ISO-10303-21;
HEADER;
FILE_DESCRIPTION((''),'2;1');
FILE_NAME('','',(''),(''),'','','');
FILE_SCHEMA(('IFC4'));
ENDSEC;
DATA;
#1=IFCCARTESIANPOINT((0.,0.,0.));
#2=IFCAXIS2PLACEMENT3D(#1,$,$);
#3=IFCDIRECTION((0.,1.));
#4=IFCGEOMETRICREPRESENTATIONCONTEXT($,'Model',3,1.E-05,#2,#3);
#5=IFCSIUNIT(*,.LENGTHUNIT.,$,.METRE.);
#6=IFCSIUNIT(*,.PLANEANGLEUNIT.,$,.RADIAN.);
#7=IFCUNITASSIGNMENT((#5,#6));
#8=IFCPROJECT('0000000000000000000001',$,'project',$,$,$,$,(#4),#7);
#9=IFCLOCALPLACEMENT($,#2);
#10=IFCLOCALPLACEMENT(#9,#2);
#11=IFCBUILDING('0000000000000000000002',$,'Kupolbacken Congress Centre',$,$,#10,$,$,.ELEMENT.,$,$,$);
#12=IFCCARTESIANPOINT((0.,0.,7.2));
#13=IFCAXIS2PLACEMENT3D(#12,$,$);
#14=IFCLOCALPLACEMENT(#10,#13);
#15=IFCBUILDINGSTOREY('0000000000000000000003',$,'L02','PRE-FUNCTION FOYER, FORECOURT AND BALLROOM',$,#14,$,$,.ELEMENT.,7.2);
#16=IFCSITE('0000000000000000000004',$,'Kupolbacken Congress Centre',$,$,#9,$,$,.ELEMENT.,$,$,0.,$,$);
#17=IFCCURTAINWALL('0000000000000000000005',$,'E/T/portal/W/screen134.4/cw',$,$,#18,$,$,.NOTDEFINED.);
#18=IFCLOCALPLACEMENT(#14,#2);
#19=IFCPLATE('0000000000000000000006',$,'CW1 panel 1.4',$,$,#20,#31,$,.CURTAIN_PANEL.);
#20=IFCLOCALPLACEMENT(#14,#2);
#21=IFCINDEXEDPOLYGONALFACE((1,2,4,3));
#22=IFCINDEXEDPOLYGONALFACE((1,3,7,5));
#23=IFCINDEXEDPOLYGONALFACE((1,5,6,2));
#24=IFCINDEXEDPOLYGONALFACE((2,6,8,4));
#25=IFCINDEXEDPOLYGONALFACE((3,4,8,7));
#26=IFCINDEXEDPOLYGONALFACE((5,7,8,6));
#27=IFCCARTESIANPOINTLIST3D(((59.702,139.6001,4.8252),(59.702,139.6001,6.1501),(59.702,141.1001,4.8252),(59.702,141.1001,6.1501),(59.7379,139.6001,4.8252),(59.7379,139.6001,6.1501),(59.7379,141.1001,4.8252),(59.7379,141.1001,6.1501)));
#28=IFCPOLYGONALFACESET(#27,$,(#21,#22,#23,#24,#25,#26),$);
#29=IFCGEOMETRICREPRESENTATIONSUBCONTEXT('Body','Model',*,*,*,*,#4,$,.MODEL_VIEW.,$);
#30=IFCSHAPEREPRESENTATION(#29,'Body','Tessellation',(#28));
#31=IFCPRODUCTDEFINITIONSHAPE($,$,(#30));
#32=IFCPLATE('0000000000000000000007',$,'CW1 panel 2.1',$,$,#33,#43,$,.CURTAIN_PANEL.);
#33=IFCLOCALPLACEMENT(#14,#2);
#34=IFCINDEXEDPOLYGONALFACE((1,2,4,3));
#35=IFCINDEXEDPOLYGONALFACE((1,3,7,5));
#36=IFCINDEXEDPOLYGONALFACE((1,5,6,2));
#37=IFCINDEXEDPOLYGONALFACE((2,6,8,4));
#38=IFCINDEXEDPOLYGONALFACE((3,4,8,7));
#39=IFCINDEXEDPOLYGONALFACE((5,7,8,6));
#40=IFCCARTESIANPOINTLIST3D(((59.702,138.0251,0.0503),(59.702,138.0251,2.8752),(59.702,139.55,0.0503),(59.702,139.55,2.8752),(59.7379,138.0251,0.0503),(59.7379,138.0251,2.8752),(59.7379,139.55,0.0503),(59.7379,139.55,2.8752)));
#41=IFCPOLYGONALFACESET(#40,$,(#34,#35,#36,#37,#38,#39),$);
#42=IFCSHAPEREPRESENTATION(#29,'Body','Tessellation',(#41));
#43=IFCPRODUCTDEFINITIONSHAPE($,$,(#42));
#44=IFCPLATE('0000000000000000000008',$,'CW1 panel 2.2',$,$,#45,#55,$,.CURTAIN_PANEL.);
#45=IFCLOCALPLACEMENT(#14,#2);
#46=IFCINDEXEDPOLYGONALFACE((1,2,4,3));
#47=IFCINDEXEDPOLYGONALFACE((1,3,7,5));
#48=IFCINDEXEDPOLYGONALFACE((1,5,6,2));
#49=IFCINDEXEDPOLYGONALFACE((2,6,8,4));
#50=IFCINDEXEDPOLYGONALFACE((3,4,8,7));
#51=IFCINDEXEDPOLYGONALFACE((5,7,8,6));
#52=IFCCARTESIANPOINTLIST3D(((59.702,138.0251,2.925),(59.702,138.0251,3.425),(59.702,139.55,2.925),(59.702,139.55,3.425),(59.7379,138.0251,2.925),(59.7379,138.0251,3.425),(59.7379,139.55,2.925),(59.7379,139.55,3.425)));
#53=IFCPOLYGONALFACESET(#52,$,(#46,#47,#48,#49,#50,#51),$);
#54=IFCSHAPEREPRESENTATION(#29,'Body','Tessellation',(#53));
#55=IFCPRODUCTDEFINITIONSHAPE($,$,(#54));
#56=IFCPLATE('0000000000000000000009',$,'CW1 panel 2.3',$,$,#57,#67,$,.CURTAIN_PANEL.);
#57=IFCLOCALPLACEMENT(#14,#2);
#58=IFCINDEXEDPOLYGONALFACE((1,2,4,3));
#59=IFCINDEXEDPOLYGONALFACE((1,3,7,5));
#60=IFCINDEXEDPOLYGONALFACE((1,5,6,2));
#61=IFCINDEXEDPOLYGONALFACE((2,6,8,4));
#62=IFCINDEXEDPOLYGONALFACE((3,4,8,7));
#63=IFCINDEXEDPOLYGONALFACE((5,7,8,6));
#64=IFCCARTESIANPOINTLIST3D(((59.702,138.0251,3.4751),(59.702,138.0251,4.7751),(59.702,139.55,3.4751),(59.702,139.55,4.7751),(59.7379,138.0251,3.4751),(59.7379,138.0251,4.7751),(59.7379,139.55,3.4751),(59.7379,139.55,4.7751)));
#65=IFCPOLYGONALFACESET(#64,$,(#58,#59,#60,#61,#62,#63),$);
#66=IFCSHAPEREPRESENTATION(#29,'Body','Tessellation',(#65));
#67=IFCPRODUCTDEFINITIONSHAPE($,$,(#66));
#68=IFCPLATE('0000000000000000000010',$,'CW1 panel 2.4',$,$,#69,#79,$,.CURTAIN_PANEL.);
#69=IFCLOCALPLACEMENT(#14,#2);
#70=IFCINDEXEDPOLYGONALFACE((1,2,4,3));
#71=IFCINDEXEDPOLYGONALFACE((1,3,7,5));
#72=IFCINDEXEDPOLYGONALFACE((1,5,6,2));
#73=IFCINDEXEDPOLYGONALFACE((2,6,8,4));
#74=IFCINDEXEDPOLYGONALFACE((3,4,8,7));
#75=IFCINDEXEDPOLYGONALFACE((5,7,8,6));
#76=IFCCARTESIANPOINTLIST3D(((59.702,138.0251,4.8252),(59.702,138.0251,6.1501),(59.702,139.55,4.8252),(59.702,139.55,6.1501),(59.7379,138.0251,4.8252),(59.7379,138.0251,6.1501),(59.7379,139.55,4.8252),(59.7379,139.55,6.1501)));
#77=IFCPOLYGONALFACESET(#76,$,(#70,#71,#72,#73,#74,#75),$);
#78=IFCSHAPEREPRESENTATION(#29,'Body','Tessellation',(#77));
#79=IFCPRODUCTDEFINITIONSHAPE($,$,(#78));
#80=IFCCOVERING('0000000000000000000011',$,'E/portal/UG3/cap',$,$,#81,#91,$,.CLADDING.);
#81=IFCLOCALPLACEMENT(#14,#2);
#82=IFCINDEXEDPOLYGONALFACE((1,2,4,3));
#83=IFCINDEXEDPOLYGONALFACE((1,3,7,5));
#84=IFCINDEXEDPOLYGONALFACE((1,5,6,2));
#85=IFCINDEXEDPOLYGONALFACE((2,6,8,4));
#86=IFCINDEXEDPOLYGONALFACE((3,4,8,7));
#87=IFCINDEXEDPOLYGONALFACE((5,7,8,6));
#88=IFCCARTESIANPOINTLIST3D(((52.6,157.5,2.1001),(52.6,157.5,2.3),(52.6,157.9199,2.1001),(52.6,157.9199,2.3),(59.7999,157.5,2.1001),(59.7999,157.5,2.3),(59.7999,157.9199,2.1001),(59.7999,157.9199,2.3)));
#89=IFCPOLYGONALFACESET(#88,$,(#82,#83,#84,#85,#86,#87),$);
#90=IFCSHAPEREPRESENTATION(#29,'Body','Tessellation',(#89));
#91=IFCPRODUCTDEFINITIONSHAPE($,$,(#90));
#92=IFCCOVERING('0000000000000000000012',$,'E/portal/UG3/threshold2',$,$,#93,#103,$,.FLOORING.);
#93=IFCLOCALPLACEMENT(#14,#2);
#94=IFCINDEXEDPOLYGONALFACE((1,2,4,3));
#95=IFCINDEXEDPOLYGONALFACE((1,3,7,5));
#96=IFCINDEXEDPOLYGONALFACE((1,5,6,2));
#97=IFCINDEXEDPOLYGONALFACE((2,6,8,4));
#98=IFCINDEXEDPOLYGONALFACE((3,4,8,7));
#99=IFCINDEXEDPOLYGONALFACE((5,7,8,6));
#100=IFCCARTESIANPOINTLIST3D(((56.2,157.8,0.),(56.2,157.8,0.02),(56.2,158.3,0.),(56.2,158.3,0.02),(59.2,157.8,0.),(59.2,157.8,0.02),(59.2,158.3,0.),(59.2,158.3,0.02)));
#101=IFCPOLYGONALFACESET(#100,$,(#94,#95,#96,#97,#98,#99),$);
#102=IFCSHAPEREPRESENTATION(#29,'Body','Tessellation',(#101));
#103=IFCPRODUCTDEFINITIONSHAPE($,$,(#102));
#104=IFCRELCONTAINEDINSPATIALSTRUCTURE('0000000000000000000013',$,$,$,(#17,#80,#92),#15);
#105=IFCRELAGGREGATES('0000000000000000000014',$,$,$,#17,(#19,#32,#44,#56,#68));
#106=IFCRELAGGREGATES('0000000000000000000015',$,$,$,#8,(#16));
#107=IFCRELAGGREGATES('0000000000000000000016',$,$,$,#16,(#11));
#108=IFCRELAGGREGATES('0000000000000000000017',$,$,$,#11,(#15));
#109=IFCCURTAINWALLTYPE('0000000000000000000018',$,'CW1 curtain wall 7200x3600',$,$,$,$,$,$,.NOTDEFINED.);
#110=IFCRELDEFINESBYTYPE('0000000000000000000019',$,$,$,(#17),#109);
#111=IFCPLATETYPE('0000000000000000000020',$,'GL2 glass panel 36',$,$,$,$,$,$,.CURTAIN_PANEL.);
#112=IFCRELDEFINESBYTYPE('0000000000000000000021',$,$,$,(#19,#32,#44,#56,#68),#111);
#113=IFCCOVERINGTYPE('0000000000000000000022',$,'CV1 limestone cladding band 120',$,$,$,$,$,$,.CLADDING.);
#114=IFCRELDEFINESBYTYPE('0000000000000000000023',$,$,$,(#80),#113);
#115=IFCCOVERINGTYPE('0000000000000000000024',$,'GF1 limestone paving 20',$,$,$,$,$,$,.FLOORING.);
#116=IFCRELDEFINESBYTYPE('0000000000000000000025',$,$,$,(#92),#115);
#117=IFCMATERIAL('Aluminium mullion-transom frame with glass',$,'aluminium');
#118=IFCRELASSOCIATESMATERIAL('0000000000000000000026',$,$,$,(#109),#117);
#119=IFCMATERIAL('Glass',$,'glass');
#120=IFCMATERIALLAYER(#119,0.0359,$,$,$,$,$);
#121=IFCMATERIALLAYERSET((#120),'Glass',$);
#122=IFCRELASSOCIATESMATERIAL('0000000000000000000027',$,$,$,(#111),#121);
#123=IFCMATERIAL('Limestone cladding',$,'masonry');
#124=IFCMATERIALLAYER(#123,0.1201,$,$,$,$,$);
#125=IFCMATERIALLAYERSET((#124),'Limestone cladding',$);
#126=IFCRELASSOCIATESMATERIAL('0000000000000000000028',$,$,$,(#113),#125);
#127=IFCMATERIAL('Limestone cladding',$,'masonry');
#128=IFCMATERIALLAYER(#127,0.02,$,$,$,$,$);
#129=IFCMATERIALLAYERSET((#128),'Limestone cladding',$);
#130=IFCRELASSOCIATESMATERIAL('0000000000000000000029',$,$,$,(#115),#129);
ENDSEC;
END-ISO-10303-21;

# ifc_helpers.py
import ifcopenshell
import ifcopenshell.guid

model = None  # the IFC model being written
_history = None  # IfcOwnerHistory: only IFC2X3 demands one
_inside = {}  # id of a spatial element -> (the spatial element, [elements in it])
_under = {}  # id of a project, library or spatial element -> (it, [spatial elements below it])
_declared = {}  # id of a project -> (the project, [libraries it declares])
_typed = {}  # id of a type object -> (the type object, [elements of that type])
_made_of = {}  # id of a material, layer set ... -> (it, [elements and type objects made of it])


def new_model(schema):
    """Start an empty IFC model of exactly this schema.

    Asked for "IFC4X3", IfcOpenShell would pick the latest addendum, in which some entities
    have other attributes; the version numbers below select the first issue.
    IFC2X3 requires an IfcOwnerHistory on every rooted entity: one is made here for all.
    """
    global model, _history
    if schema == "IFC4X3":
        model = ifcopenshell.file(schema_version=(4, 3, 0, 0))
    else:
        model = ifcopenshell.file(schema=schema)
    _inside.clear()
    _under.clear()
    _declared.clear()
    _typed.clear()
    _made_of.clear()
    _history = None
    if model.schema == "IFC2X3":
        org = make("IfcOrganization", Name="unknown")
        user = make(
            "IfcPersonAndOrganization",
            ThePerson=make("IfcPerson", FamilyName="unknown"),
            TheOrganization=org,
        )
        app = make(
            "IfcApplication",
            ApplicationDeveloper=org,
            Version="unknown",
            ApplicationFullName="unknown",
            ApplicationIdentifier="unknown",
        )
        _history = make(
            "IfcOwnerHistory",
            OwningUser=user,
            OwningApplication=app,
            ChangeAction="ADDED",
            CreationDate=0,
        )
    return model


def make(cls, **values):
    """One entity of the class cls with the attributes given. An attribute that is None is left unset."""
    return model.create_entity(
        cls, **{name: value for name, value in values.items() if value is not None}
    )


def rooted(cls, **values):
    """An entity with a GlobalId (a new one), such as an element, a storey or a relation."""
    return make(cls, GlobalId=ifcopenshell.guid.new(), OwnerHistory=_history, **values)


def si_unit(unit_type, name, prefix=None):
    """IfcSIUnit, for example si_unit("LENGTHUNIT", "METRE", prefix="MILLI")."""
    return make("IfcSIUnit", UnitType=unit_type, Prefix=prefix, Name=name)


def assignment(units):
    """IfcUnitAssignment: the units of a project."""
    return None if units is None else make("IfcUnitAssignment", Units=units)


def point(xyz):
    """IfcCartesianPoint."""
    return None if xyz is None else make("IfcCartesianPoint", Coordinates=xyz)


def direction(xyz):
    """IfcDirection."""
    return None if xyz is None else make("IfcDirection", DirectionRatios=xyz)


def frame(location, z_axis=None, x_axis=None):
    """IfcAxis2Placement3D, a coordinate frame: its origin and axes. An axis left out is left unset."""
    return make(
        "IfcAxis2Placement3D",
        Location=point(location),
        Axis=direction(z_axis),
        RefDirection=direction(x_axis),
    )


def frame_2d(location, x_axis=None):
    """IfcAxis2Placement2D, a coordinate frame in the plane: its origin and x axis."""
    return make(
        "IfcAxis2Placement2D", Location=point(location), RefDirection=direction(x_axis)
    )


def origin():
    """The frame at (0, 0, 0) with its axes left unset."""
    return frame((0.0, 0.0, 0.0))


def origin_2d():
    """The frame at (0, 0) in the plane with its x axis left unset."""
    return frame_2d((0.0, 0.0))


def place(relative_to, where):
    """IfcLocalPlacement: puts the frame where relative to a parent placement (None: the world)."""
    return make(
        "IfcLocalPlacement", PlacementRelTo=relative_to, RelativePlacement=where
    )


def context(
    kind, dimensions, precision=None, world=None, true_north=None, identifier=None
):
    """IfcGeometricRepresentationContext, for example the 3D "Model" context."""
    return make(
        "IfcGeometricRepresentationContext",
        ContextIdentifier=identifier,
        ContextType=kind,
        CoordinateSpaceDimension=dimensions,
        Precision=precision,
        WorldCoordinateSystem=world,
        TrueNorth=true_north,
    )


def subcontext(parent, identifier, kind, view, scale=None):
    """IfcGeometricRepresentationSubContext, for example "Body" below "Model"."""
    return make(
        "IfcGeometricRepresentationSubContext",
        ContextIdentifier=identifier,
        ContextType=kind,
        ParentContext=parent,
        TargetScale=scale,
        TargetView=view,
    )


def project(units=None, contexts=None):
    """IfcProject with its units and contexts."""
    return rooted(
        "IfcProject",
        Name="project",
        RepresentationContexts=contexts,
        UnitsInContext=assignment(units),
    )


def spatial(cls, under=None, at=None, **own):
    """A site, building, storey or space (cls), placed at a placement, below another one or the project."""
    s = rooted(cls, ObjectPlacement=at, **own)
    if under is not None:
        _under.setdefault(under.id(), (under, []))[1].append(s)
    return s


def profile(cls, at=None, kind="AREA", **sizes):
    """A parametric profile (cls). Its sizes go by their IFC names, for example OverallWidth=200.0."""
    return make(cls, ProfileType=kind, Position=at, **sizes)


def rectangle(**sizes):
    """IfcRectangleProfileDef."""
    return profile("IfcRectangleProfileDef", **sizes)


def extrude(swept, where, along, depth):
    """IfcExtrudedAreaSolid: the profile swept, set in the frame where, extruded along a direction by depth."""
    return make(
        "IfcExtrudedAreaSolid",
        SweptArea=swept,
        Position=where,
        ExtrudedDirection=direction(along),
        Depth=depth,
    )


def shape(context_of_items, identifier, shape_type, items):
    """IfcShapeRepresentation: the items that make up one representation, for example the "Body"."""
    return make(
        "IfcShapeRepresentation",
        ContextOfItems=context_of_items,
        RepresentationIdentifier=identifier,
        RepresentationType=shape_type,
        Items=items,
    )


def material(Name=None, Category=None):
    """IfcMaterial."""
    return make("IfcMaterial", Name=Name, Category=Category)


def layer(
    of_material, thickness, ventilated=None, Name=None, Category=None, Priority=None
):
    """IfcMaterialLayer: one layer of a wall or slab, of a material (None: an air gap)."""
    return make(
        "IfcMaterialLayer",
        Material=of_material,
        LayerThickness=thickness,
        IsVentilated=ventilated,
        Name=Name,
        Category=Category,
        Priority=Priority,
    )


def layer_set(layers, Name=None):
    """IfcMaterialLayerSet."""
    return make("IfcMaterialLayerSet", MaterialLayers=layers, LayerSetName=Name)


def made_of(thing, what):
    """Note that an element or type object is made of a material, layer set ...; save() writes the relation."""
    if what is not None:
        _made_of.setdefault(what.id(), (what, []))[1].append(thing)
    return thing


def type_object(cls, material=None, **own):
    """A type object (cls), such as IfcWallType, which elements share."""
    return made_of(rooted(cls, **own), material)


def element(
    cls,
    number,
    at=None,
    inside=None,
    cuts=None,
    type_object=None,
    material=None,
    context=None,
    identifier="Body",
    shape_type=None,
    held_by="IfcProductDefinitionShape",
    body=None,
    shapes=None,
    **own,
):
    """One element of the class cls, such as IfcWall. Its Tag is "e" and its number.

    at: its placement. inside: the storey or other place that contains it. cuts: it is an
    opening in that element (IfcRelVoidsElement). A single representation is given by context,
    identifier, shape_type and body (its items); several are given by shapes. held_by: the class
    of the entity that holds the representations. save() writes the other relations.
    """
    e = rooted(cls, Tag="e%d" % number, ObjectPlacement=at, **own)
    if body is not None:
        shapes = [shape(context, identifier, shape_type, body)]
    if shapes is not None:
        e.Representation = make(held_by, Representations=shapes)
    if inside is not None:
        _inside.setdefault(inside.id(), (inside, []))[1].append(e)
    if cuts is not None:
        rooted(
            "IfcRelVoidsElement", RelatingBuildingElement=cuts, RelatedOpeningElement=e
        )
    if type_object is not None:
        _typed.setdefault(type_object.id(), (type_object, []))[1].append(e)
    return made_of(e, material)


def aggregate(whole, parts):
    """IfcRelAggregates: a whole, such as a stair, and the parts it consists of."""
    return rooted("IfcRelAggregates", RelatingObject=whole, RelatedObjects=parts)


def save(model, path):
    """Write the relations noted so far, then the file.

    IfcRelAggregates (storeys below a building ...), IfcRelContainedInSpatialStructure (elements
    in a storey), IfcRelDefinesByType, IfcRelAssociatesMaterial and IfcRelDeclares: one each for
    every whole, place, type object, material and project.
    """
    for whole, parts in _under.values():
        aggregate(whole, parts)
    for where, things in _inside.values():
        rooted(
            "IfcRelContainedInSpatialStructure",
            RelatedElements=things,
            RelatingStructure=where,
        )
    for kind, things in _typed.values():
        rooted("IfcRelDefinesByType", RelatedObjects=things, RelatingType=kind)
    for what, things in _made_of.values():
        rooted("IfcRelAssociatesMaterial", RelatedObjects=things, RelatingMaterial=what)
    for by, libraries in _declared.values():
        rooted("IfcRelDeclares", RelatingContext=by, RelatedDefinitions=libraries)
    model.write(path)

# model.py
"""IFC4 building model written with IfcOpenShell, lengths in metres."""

from ifc_helpers import new_model, si_unit, direction, frame, origin, origin_2d, place, context, subcontext, project, spatial, rectangle, extrude, material, layer, layer_set, type_object, element, aggregate, save


model = new_model("IFC4")

# Units and contexts
model_context = context("Model", 3, precision=1e-05, world=origin(), true_north=direction((0.0, 1.0)))
body_context = subcontext(model_context, "Body", "Model", "MODEL_VIEW")
ifc_project = project(units=[si_unit("LENGTHUNIT", "METRE"), si_unit("PLANEANGLEUNIT", "RADIAN")], contexts=[model_context])

# Site, building, storey
site_placement = place(None, origin())
site = spatial("IfcSite", under=ifc_project, at=site_placement, Name="Kupolbacken Congress Centre", CompositionType="ELEMENT", RefElevation=0.0)
building_placement = place(site_placement, origin())
building = spatial("IfcBuilding", under=site, at=building_placement, Name="Kupolbacken Congress Centre", CompositionType="ELEMENT")
storey_placement = place(building_placement, frame((0.0, 0.0, 7.2)))
storey = spatial("IfcBuildingStorey", under=building, at=storey_placement, Name="L02", Description="PRE-FUNCTION FOYER, FORECOURT AND BALLROOM", CompositionType="ELEMENT", Elevation=7.2)

# Curtain wall, plates
ifc_material_1 = material(Name="Aluminium mullion-transom frame with glass", Category="aluminium")
curtain_wall_type = type_object("IfcCurtainWallType", Name="CW1 curtain wall 7200x3600", PredefinedType="NOTDEFINED", material=ifc_material_1)
curtain_wall_placement = place(storey_placement, origin())
curtain_wall = element("IfcCurtainWall", 1, at=curtain_wall_placement, inside=storey, type_object=curtain_wall_type, Name="E/T/portal/W/screen134.4/cw", PredefinedType="NOTDEFINED")
ifc_material_2 = material(Name="Glass", Category="glass")
ifc_layer_1 = layer(ifc_material_2, 0.0359)
ifc_layer_set_1 = layer_set([ifc_layer_1], Name="Glass")
plate_type = type_object("IfcPlateType", Name="GL2 glass panel 36", PredefinedType="CURTAIN_PANEL", material=ifc_layer_set_1)
plate_1_placement = place(storey_placement, frame((59.72, 140.3501, 4.8252), z_axis=(0.0, 0.0, 1.0), x_axis=(0.0, -1.0, 0.0)))
plate_1 = element("IfcPlate", 2, at=plate_1_placement, type_object=plate_type, Name="CW1 panel 1.4", PredefinedType="CURTAIN_PANEL", context=body_context, shape_type="SweptSolid", body=[
    extrude(rectangle(XDim=1.5, YDim=0.0359, at=origin_2d()), origin(), (0.0, 0.0, 1.0), 1.325),
])
plate_2_placement = place(storey_placement, frame((59.72, 138.7876, 0.0503), z_axis=(0.0, 0.0, 1.0), x_axis=(0.0, -1.0, 0.0)))
plate_2 = element("IfcPlate", 3, at=plate_2_placement, type_object=plate_type, Name="CW1 panel 2.1", PredefinedType="CURTAIN_PANEL", context=body_context, shape_type="SweptSolid", body=[
    extrude(rectangle(XDim=1.5249, YDim=0.0359, at=origin_2d()), origin(), (0.0, 0.0, 1.0), 2.825),
])
plate_3_placement = place(storey_placement, frame((59.72, 138.7876, 2.925), z_axis=(0.0, 0.0, 1.0), x_axis=(0.0, -1.0, 0.0)))
plate_3 = element("IfcPlate", 4, at=plate_3_placement, type_object=plate_type, Name="CW1 panel 2.2", PredefinedType="CURTAIN_PANEL", context=body_context, shape_type="SweptSolid", body=[
    extrude(rectangle(XDim=1.5249, YDim=0.0359, at=origin_2d()), origin(), (0.0, 0.0, 1.0), 0.5),
])
plate_4_placement = place(storey_placement, frame((59.72, 138.7876, 3.4751), z_axis=(0.0, 0.0, 1.0), x_axis=(0.0, -1.0, 0.0)))
plate_4 = element("IfcPlate", 5, at=plate_4_placement, type_object=plate_type, Name="CW1 panel 2.3", PredefinedType="CURTAIN_PANEL", context=body_context, shape_type="SweptSolid", body=[
    extrude(rectangle(XDim=1.5249, YDim=0.0359, at=origin_2d()), origin(), (0.0, 0.0, 1.0), 1.3),
])
plate_5_placement = place(storey_placement, frame((59.72, 138.7876, 4.8252), z_axis=(0.0, 0.0, 1.0), x_axis=(0.0, -1.0, 0.0)))
plate_5 = element("IfcPlate", 6, at=plate_5_placement, type_object=plate_type, Name="CW1 panel 2.4", PredefinedType="CURTAIN_PANEL", context=body_context, shape_type="SweptSolid", body=[
    extrude(rectangle(XDim=1.5249, YDim=0.0359, at=origin_2d()), origin(), (0.0, 0.0, 1.0), 1.325),
])
aggregate(curtain_wall, [plate_1, plate_2, plate_3, plate_4, plate_5])

# Coverings
ifc_material_3 = material(Name="Limestone cladding", Category="masonry")
ifc_layer_2 = layer(ifc_material_3, 0.1201)
ifc_layer_set_2 = layer_set([ifc_layer_2], Name="Limestone cladding")
covering_type_1 = type_object("IfcCoveringType", Name="CV1 limestone cladding band 120", PredefinedType="CLADDING", material=ifc_layer_set_2)
covering_1_placement = place(storey_placement, frame((56.2, 157.71, 2.1001), z_axis=(0.0, 0.0, 1.0), x_axis=(1.0, 0.0, 0.0)))
element("IfcCovering", 7, at=covering_1_placement, inside=storey, type_object=covering_type_1, Name="E/portal/UG3/cap", PredefinedType="CLADDING", context=body_context, shape_type="SweptSolid", body=[
    extrude(rectangle(XDim=7.2, YDim=0.4199, at=origin_2d()), origin(), (0.0, 0.0, 1.0), 0.2),
])
ifc_material_4 = material(Name="Limestone cladding", Category="masonry")
ifc_layer_3 = layer(ifc_material_4, 0.02)
ifc_layer_set_3 = layer_set([ifc_layer_3], Name="Limestone cladding")
covering_type_2 = type_object("IfcCoveringType", Name="GF1 limestone paving 20", PredefinedType="FLOORING", material=ifc_layer_set_3)
covering_2_placement = place(storey_placement, frame((57.7, 158.05, 0.0), z_axis=(0.0, 0.0, 1.0), x_axis=(1.0, 0.0, 0.0)))
element("IfcCovering", 8, at=covering_2_placement, inside=storey, type_object=covering_type_2, Name="E/portal/UG3/threshold2", PredefinedType="FLOORING", context=body_context, shape_type="SweptSolid", body=[
    extrude(rectangle(XDim=3.0, YDim=0.5, at=origin_2d()), origin(), (0.0, 0.0, 1.0), 0.02),
])

save(model, "model.ifc")
